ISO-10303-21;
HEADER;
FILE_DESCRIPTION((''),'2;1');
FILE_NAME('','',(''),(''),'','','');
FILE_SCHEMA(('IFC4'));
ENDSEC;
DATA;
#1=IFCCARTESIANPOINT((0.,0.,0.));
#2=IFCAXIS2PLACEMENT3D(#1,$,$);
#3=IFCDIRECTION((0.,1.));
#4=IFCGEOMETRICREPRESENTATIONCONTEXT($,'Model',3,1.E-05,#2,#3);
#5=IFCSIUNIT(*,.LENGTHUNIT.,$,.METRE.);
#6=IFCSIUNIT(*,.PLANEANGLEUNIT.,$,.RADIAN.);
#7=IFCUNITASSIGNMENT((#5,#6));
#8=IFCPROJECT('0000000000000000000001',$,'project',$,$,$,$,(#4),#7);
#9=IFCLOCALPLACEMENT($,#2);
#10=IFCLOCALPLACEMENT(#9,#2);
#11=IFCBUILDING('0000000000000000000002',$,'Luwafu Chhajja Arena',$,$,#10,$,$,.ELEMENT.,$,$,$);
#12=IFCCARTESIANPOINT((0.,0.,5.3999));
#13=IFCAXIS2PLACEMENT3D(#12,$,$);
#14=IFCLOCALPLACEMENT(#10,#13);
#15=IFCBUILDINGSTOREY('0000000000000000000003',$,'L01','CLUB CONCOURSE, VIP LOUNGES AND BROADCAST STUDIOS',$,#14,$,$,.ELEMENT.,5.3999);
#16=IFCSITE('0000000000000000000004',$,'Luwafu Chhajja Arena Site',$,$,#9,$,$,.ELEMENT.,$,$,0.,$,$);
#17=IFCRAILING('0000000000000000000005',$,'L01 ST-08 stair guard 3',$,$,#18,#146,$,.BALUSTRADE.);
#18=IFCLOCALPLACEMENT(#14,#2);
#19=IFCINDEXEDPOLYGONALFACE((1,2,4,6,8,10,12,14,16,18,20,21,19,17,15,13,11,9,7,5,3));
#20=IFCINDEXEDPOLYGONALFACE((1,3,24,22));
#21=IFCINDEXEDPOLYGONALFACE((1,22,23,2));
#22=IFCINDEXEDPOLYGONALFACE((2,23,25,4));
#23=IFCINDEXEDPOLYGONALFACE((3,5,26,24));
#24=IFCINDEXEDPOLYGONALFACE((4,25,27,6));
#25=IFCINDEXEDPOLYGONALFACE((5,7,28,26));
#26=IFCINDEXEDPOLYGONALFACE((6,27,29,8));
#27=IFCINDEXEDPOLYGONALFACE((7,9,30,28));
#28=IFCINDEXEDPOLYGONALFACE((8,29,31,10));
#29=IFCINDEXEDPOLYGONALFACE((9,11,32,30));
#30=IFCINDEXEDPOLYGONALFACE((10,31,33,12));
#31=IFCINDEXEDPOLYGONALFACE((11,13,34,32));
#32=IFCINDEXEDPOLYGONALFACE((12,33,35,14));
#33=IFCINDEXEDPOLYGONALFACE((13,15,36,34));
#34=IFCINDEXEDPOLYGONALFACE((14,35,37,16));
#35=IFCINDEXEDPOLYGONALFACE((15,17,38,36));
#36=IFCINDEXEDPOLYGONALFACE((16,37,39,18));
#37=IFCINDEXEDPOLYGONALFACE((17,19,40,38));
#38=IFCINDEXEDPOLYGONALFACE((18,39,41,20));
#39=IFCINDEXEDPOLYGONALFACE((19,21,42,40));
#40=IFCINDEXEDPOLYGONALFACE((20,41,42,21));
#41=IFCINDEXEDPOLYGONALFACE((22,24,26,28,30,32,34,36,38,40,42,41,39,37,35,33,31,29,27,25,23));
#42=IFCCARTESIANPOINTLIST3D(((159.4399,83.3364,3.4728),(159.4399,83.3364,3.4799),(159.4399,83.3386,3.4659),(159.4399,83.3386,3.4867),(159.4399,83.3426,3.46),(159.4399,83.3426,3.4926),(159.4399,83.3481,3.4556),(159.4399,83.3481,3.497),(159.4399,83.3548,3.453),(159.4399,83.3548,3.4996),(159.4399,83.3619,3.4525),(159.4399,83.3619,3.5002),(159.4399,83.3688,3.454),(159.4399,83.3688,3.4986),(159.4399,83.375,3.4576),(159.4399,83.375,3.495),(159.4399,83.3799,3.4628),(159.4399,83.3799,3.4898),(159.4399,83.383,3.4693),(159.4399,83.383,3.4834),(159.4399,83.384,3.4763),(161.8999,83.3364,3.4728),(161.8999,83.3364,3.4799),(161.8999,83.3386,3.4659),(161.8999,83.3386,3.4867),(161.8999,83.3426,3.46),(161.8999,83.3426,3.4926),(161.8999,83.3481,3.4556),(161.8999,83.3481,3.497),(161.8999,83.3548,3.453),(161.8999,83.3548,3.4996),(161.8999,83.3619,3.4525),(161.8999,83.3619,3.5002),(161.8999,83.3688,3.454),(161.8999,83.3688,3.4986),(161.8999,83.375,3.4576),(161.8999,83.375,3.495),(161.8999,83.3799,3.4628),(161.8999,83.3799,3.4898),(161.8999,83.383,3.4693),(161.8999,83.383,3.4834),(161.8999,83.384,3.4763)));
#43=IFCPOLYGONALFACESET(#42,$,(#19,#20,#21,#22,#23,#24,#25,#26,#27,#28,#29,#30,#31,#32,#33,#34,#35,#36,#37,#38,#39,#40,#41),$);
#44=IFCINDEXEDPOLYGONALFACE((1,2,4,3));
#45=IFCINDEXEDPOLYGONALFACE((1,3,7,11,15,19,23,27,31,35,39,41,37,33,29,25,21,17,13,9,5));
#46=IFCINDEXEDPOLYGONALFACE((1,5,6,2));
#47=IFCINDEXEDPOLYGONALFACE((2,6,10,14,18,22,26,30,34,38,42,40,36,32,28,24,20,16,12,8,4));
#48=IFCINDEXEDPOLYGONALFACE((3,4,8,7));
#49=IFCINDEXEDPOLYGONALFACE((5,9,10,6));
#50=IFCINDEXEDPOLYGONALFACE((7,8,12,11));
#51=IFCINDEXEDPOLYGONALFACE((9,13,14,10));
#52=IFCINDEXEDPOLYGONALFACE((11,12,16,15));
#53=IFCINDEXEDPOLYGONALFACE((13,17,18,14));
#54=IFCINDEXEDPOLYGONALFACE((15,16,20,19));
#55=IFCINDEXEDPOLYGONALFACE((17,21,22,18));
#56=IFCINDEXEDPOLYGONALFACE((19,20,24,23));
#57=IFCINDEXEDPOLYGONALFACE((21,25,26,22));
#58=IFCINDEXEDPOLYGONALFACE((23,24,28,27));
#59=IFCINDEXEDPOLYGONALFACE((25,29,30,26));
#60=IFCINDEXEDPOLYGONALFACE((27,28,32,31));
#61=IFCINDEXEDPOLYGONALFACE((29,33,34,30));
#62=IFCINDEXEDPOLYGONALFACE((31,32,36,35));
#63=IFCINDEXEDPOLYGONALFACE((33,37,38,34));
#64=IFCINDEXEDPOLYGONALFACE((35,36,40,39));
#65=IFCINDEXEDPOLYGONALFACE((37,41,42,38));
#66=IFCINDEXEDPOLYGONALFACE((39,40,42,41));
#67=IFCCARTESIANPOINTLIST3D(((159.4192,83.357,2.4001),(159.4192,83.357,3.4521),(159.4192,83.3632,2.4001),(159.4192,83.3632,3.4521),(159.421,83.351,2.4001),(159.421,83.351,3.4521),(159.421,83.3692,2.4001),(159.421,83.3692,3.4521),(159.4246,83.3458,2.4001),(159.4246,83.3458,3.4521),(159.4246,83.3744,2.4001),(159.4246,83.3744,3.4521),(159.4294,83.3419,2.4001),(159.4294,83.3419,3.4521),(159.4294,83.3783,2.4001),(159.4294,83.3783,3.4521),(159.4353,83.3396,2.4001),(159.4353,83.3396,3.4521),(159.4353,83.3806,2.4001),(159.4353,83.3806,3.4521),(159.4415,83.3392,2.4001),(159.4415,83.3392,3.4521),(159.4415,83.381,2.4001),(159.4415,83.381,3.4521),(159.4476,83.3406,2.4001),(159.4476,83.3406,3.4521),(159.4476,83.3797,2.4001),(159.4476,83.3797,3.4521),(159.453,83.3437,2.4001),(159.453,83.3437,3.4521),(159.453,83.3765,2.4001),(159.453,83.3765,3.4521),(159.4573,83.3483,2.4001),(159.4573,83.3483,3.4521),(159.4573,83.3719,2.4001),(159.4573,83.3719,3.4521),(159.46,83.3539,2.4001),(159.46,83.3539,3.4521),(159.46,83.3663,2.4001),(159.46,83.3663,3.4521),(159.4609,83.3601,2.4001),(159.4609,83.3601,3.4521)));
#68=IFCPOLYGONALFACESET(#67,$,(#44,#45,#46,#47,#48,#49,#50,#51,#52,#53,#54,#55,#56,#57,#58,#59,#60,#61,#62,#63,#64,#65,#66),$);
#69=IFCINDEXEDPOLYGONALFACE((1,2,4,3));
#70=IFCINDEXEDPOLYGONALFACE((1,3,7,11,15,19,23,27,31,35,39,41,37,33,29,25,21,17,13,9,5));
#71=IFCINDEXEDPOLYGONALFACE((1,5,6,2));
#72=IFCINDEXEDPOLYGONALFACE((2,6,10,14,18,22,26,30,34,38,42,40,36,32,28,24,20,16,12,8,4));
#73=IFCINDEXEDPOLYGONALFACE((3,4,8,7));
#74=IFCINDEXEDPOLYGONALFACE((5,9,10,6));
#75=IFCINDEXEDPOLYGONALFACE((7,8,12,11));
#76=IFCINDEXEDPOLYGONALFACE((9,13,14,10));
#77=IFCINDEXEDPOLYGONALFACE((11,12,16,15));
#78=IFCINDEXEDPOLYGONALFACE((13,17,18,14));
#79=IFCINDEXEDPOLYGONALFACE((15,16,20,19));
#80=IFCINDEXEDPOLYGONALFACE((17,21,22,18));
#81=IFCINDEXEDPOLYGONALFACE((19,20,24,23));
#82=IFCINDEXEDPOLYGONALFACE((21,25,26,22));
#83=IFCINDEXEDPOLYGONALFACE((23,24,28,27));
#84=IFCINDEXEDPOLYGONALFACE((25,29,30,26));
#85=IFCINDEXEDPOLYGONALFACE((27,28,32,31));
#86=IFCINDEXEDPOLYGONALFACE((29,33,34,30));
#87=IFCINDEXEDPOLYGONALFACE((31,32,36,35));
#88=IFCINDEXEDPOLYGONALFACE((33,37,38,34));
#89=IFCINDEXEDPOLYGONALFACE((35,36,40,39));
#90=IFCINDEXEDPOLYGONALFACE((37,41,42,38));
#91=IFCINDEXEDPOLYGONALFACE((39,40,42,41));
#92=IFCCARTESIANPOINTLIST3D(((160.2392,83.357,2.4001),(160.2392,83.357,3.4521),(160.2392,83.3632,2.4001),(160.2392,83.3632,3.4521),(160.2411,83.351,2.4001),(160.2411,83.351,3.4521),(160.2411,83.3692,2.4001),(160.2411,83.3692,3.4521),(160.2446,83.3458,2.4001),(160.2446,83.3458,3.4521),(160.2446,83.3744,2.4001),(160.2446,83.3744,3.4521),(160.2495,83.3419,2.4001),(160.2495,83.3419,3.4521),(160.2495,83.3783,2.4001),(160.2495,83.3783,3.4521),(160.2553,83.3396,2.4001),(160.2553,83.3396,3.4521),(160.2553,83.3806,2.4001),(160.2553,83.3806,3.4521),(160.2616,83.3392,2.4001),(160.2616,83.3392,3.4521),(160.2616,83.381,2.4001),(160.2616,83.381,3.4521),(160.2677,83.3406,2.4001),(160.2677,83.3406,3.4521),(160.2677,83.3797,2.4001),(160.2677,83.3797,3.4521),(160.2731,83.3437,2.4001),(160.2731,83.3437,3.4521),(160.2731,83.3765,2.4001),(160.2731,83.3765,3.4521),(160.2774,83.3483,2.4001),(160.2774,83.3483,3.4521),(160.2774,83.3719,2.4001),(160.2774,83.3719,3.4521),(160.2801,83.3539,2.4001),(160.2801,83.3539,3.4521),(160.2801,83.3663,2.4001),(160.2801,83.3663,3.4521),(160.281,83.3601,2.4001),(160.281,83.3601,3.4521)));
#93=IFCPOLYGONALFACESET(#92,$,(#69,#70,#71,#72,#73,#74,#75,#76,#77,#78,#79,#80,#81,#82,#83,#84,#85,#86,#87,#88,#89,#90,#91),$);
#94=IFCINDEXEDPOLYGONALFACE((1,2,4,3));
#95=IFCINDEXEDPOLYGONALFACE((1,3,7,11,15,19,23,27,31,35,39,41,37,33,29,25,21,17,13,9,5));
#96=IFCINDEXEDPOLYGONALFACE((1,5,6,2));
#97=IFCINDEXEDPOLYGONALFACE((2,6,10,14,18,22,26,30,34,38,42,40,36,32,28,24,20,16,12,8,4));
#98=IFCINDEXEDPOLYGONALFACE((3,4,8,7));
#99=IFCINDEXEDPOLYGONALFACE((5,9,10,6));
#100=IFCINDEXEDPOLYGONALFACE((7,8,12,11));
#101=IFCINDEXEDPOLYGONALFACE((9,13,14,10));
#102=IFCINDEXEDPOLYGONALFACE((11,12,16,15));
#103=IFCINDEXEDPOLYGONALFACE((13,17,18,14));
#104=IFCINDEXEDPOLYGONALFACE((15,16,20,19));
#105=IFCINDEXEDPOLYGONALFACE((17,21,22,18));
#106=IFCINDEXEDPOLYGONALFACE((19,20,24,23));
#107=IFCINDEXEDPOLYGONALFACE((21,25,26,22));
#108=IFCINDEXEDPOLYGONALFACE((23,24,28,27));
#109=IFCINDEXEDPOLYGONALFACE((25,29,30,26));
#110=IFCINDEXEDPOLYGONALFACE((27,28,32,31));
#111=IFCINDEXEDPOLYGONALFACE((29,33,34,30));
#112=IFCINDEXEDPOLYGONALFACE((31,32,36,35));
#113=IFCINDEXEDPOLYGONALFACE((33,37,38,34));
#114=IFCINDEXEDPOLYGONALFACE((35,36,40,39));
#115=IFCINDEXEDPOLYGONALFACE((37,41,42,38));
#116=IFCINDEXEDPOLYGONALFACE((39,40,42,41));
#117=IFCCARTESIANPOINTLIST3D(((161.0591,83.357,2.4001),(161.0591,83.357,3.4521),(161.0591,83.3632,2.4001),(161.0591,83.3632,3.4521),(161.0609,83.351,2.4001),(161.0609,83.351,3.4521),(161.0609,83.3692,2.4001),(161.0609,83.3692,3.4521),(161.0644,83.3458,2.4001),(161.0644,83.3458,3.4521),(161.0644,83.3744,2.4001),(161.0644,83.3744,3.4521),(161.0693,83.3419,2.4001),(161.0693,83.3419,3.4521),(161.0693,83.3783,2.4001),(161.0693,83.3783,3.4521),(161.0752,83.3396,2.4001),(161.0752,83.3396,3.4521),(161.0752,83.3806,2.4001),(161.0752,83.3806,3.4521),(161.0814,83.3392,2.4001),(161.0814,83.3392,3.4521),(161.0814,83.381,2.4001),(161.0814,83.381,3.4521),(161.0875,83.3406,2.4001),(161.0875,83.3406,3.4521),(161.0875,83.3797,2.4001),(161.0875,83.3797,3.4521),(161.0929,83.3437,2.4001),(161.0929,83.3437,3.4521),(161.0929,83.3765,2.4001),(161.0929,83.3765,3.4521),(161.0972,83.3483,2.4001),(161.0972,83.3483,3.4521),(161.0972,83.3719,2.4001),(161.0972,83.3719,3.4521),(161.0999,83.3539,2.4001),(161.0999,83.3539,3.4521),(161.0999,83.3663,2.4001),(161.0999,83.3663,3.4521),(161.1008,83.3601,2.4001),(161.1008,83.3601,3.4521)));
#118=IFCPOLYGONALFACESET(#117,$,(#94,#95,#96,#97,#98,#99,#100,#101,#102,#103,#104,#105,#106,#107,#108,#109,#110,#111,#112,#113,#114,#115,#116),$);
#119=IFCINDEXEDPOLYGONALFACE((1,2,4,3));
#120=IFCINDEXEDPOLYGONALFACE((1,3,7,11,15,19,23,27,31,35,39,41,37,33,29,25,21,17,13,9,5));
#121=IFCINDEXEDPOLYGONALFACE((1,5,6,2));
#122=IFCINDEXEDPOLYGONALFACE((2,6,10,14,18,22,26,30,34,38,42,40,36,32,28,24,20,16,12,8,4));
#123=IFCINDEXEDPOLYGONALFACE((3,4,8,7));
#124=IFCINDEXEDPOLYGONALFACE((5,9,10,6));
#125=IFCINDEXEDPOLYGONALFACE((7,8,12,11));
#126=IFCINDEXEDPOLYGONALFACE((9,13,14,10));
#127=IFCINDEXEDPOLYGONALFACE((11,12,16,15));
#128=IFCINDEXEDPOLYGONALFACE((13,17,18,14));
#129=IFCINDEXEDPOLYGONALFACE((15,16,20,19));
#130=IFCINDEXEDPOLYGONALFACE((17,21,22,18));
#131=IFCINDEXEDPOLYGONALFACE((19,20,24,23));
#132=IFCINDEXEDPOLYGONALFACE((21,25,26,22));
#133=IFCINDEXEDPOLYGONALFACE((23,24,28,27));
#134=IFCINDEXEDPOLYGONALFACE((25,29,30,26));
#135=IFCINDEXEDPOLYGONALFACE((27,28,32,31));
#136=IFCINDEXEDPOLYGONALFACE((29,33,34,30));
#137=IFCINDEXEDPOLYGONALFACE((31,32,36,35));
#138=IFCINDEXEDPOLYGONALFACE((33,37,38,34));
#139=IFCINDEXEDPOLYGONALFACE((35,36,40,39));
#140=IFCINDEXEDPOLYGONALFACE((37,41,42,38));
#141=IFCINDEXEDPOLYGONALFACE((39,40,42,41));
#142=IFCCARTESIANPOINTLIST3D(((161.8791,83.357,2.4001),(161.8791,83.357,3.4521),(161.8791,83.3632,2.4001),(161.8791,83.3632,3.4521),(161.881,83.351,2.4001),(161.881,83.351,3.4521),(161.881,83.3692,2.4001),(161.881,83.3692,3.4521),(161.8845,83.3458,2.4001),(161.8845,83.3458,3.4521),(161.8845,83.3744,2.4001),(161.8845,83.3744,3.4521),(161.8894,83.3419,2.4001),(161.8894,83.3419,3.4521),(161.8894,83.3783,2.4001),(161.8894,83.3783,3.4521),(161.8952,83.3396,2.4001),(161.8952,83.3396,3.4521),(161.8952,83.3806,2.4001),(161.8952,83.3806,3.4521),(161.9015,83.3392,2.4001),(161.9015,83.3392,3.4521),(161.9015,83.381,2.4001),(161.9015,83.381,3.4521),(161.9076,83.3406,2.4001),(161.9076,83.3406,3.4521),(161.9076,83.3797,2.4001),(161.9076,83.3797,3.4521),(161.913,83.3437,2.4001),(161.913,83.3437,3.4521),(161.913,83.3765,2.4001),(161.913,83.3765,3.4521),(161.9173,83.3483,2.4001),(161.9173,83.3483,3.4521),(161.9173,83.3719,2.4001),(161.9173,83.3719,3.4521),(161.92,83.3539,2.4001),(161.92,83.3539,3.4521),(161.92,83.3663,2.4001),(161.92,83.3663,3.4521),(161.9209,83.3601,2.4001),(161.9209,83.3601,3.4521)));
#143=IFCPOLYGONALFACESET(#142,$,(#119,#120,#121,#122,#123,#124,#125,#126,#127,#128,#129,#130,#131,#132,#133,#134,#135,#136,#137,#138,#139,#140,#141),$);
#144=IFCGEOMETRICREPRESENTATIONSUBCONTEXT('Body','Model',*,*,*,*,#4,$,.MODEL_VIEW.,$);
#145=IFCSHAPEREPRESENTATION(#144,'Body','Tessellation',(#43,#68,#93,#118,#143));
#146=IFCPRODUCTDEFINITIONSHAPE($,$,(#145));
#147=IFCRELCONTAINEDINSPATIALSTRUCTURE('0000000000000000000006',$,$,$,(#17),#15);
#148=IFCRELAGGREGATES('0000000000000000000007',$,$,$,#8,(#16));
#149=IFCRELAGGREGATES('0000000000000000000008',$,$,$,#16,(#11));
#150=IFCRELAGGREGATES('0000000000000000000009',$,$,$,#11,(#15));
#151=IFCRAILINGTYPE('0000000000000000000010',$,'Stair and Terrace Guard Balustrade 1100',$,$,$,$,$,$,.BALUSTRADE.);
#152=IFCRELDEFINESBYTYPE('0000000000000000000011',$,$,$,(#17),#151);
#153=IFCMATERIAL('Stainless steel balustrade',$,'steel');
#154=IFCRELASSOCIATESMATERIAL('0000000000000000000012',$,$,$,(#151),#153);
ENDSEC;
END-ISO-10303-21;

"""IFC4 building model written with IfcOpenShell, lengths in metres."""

from ifc_helpers import new_model, si_unit, direction, frame, origin, origin_2d, place, context, subcontext, project, spatial, circle, extrude, material, type_object, element, save


model = new_model("IFC4")

# Units and contexts
model_context = context("Model", 3, precision=1e-05, world=origin(), true_north=direction((0.0, 1.0)))
body_context = subcontext(model_context, "Body", "Model", "MODEL_VIEW")
ifc_project = project(units=[si_unit("LENGTHUNIT", "METRE"), si_unit("PLANEANGLEUNIT", "RADIAN")], contexts=[model_context])

# Site, building, storey
site_placement = place(None, origin())
site = spatial("IfcSite", under=ifc_project, at=site_placement, Name="Luwafu Chhajja Arena Site", CompositionType="ELEMENT", RefElevation=0.0)
building_placement = place(site_placement, origin())
building = spatial("IfcBuilding", under=site, at=building_placement, Name="Luwafu Chhajja Arena", CompositionType="ELEMENT")
storey_placement = place(building_placement, frame((0.0, 0.0, 5.3999)))
storey = spatial("IfcBuildingStorey", under=building, at=storey_placement, Name="L01", Description="CLUB CONCOURSE, VIP LOUNGES AND BROADCAST STUDIOS", CompositionType="ELEMENT", Elevation=5.3999)

# Railing
ifc_material_1 = material(Name="Stainless steel balustrade", Category="steel")
railing_type_1 = type_object("IfcRailingType", Name="Stair and Terrace Guard Balustrade 1100", PredefinedType="BALUSTRADE", material=ifc_material_1)
for number, where, name in (
    (1, (159.4399, 83.3601, 2.4001), "L01 ST-08 stair guard 3"),
):
    element("IfcRailing", number, at=place(storey_placement, frame(where)), inside=storey, type_object=railing_type_1, Name=name, PredefinedType="BALUSTRADE", context=body_context, shape_type="SweptSolid", body=[
        extrude(circle(Radius=0.0239, at=origin_2d()), frame((0.0, 0.0, 1.0762), z_axis=(1.0, 0.0, 0.0), x_axis=(0.0, 1.0, 0.0)), (0.0, 0.0, 1.0), 2.46),
        extrude(circle(Radius=0.021, at=origin_2d()), origin(), (0.0, 0.0, 1.0), 1.052),
        extrude(circle(Radius=0.021, at=origin_2d()), frame((0.8201, 0.0, 0.0)), (0.0, 0.0, 1.0), 1.052),
        extrude(circle(Radius=0.021, at=origin_2d()), frame((1.6399, 0.0, 0.0)), (0.0, 0.0, 1.0), 1.052),
        extrude(circle(Radius=0.021, at=origin_2d()), frame((2.46, 0.0, 0.0)), (0.0, 0.0, 1.0), 1.052),
    ])

save(model, "model.ifc")
